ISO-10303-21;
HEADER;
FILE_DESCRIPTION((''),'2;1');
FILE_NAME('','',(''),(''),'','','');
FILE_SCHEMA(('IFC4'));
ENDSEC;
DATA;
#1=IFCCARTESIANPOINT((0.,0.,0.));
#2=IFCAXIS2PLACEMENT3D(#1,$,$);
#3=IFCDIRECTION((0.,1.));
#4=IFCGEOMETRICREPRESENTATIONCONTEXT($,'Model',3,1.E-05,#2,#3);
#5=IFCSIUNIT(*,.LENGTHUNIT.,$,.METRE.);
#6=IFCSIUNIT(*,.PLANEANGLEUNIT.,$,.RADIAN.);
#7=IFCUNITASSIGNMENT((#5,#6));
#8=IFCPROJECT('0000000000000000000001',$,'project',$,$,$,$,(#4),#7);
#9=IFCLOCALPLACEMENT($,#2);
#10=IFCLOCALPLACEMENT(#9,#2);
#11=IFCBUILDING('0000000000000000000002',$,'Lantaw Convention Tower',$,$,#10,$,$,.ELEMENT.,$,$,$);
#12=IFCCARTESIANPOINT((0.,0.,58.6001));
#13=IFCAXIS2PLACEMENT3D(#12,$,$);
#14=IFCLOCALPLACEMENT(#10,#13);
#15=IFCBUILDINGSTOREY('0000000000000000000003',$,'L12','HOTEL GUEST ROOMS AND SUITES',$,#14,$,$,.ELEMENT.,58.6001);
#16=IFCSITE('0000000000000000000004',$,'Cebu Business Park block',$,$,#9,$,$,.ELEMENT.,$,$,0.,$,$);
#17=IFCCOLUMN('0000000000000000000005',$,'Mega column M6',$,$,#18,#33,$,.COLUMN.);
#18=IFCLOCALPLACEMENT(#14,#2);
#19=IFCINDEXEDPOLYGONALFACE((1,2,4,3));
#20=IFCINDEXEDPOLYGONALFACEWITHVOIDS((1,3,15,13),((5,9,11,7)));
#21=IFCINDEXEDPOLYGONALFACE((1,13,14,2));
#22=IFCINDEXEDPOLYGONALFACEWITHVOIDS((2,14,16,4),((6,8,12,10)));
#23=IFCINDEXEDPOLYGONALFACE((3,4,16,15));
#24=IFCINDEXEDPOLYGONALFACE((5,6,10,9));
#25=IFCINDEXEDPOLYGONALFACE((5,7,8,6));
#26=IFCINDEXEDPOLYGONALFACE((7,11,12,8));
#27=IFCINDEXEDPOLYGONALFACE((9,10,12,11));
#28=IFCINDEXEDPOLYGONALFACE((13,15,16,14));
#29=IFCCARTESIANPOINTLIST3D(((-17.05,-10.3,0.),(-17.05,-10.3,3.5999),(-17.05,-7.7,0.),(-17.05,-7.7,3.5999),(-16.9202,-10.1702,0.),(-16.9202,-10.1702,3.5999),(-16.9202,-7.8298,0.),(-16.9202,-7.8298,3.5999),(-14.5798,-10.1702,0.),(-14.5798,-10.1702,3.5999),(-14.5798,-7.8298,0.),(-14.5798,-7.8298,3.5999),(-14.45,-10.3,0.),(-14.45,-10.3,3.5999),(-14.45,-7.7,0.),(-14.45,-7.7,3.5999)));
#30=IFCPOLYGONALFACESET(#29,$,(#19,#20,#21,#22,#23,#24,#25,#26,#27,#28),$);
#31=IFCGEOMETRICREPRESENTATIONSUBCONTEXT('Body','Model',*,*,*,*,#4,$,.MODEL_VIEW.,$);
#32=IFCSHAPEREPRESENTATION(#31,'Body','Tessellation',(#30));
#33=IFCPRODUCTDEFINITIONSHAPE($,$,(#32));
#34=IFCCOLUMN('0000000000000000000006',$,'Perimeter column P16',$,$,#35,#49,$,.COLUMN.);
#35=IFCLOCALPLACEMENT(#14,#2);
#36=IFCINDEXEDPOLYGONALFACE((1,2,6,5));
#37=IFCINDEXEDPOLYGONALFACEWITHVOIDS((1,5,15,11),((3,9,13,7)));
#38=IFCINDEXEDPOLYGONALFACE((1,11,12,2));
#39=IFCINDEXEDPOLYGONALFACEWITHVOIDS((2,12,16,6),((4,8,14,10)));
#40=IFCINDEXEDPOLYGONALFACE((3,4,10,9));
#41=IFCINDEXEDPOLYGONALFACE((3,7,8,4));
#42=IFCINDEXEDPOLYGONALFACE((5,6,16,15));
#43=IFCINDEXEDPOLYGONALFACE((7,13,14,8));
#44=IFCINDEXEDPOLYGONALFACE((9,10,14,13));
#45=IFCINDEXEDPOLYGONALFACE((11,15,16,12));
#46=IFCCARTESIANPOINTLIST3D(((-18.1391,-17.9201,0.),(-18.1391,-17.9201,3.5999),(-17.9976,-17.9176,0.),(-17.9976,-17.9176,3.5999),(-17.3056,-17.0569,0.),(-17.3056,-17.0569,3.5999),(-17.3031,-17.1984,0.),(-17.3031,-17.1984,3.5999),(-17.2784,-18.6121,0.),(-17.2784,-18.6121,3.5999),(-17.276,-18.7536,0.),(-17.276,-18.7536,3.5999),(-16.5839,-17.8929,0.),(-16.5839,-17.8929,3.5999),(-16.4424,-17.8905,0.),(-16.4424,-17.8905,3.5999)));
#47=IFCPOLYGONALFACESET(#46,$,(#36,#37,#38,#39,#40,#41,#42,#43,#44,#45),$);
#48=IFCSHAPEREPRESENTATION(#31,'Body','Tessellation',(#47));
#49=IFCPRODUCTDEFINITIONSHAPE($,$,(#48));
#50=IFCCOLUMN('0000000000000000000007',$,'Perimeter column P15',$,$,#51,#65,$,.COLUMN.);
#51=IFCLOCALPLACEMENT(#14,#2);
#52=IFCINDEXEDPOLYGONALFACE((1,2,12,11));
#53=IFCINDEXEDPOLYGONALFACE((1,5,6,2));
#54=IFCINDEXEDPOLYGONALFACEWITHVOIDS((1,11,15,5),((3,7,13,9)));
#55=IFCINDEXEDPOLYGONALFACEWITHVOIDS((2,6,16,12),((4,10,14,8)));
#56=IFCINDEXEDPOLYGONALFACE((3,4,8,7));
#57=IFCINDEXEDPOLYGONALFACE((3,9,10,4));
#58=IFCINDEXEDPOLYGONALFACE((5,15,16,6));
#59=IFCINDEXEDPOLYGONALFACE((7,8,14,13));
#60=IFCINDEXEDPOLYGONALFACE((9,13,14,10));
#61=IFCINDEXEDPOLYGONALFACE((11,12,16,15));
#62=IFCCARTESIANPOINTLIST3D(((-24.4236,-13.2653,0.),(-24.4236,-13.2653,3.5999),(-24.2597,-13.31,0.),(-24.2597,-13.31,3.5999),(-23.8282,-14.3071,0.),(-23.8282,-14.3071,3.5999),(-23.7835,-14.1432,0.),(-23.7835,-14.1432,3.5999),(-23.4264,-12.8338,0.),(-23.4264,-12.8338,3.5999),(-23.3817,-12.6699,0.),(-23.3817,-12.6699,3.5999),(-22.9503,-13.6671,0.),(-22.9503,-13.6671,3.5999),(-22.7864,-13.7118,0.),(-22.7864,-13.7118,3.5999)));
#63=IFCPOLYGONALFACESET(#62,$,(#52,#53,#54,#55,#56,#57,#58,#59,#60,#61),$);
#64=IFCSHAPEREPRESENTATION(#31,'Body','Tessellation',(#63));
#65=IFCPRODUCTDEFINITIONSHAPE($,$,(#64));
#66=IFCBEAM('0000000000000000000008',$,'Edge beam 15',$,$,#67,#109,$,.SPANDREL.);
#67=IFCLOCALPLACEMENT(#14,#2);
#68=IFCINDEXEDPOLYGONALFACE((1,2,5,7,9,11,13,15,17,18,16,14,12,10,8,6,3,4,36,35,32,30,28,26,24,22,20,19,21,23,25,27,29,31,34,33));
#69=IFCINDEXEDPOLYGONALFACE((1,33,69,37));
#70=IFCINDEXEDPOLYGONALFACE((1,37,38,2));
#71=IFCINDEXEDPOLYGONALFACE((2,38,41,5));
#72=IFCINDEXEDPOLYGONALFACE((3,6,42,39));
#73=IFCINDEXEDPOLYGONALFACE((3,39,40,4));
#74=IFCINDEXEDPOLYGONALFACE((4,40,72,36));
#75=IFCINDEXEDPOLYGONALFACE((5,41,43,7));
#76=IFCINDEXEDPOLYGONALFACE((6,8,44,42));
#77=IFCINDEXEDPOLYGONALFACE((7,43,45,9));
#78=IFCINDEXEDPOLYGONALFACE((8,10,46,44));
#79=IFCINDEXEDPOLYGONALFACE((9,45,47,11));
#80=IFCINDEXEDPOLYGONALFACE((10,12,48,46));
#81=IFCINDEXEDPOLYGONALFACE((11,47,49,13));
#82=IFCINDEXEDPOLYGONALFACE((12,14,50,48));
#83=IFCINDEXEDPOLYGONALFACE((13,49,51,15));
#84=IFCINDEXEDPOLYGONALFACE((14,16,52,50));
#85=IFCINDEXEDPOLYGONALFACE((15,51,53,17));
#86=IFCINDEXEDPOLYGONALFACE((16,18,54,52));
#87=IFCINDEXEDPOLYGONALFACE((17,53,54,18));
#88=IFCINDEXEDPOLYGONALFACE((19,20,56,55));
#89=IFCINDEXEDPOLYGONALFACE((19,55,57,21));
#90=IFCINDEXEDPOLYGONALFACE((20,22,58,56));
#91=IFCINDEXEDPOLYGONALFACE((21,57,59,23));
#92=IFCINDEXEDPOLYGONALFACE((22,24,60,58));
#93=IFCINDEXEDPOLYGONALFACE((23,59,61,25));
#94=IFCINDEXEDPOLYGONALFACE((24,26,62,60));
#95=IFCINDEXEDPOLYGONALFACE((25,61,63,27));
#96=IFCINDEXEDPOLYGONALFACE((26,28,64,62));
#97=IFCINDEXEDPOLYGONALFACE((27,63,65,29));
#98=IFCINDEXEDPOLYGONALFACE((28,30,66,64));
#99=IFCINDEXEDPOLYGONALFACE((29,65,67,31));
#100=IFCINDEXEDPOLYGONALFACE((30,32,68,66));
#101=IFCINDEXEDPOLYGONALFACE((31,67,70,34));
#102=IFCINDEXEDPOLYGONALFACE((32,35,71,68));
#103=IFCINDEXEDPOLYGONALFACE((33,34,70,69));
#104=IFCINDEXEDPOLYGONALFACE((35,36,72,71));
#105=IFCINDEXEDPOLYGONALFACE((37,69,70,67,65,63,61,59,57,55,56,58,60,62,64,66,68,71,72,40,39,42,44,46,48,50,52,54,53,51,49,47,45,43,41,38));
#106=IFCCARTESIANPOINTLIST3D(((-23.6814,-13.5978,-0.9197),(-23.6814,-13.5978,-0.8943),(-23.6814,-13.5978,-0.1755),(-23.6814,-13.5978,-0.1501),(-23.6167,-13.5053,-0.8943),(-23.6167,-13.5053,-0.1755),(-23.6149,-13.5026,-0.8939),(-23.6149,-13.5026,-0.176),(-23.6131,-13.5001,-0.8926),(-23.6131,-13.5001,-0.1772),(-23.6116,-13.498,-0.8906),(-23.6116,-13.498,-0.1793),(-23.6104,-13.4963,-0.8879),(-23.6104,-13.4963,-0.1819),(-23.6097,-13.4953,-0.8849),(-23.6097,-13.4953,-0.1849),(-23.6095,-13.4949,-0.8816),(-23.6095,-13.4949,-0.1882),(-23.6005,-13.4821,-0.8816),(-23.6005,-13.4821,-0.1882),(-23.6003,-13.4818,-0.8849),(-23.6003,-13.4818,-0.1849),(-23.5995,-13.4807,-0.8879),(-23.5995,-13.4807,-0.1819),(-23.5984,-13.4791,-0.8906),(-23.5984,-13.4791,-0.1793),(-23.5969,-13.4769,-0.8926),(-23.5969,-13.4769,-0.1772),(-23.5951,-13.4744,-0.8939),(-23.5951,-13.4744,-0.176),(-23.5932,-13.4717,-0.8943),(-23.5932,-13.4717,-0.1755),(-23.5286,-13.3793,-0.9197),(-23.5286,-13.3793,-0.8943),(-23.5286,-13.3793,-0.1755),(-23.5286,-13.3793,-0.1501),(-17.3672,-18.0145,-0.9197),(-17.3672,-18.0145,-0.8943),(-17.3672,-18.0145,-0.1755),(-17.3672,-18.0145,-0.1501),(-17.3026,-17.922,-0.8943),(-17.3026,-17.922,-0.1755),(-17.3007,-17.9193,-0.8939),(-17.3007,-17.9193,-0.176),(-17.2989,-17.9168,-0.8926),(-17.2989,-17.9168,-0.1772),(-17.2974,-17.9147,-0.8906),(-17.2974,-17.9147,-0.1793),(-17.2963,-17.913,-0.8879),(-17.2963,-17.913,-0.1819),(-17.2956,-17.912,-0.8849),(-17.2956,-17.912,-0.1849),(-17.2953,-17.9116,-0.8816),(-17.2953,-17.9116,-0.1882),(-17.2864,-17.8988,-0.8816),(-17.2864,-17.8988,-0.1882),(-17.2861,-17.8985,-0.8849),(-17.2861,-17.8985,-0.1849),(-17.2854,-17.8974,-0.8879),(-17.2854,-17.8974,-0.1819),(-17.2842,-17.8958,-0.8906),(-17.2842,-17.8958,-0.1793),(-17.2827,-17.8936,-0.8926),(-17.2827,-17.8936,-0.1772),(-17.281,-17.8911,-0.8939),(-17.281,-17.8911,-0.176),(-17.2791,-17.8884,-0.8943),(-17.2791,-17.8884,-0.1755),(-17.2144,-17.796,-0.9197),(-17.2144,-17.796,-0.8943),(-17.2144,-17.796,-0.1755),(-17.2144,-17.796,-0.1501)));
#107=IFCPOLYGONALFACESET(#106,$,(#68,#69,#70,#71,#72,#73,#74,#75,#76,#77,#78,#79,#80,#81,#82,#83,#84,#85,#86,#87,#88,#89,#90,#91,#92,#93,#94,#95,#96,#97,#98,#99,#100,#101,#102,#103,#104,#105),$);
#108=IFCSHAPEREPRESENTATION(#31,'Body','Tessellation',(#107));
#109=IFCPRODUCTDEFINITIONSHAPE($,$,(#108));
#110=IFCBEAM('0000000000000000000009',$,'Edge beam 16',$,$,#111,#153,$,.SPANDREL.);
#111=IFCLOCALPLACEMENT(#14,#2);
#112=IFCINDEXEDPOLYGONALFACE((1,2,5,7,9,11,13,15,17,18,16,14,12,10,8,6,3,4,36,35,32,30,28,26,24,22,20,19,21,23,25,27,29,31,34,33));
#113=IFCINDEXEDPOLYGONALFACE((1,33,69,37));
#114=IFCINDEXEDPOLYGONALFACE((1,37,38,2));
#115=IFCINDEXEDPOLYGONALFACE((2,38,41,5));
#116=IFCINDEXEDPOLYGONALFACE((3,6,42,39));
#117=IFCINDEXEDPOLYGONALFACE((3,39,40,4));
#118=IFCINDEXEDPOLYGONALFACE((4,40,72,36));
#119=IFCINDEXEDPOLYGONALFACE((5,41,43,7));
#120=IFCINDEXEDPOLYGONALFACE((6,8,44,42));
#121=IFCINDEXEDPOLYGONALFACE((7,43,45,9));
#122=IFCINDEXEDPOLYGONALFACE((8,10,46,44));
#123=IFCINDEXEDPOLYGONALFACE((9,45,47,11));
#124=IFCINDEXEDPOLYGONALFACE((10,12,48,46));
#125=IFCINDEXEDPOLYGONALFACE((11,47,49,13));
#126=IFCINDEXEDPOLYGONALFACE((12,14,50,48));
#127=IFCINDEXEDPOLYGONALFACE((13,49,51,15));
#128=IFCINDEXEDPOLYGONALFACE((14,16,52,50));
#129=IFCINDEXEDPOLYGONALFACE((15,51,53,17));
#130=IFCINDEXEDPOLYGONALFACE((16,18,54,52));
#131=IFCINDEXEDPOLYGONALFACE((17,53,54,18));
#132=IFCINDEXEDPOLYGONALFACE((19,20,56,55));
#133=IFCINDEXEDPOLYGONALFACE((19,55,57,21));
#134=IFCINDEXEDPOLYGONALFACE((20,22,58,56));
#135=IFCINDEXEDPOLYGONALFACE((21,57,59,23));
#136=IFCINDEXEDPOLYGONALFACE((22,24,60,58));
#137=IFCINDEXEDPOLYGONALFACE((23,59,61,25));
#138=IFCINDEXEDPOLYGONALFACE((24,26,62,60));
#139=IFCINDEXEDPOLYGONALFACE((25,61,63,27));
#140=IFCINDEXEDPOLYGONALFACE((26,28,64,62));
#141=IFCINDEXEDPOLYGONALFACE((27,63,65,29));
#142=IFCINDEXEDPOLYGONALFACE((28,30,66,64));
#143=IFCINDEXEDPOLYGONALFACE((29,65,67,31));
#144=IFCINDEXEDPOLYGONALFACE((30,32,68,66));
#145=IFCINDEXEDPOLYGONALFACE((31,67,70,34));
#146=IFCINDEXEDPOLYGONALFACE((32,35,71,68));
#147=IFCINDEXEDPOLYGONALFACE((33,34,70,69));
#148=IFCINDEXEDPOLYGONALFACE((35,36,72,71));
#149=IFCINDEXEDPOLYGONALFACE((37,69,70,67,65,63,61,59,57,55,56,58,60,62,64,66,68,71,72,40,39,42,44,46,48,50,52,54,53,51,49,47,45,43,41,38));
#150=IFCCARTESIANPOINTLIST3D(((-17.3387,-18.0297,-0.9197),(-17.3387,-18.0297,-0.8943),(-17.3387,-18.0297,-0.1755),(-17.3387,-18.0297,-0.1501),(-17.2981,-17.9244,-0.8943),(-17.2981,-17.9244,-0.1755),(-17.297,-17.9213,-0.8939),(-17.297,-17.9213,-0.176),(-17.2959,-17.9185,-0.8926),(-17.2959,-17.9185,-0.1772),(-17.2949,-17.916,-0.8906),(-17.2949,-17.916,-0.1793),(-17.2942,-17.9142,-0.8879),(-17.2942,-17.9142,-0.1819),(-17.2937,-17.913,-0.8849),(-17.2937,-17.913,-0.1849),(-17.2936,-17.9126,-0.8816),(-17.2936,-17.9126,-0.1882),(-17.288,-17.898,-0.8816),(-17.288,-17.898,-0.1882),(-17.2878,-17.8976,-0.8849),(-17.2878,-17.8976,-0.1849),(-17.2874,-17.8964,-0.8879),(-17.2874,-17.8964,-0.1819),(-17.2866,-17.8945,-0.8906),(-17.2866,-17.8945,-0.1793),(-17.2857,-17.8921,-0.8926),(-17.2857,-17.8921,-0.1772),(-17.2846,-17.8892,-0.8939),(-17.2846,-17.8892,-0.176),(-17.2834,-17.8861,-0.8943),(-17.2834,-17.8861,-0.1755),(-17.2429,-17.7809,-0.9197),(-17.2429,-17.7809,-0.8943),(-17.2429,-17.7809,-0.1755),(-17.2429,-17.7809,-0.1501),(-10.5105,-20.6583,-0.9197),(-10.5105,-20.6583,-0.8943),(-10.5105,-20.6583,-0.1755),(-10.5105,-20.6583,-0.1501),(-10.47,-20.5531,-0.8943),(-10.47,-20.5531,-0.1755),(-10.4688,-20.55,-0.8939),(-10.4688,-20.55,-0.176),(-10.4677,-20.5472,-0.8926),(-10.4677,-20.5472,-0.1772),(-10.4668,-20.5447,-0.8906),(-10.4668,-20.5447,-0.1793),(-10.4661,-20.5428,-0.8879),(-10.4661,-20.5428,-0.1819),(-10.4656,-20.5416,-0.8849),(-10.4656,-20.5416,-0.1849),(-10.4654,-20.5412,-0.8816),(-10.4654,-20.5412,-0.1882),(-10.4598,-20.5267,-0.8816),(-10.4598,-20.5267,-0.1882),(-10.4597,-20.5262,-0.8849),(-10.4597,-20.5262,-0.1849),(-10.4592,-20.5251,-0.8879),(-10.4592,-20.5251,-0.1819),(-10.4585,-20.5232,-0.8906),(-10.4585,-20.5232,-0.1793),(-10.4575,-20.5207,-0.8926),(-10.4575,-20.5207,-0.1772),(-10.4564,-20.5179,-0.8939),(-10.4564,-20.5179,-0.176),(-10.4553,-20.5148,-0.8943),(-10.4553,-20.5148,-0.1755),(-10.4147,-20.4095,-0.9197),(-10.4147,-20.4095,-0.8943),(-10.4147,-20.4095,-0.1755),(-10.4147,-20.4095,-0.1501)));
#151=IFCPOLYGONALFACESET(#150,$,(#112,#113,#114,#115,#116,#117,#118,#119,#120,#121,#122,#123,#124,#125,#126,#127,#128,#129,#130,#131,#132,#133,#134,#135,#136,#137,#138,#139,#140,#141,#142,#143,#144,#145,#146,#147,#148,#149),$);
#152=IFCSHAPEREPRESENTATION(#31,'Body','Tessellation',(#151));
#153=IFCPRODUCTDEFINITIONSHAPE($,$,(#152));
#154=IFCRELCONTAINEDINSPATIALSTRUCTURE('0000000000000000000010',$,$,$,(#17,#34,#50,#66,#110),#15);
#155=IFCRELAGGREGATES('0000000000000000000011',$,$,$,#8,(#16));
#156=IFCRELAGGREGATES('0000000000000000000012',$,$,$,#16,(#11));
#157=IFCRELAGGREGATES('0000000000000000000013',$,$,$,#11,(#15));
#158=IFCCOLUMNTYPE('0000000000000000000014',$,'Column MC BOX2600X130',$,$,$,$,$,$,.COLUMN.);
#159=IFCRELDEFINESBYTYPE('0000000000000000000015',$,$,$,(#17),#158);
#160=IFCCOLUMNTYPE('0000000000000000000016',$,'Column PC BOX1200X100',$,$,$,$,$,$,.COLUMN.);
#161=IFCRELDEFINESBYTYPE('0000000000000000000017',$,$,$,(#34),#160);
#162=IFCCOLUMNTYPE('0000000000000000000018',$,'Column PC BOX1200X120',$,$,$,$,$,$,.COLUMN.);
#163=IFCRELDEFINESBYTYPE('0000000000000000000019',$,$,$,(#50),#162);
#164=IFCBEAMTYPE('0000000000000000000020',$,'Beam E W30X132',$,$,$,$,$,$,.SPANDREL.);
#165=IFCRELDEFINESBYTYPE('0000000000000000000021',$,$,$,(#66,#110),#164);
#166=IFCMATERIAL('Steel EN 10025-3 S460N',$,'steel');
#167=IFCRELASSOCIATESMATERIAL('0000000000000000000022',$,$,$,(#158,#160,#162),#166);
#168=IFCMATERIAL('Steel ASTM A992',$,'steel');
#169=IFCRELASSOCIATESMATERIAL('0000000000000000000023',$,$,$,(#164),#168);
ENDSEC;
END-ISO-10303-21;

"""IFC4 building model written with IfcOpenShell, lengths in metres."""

from ifc_helpers import new_model, si_unit, direction, frame, origin, origin_2d, place, context, subcontext, project, spatial, rectangle, hollow_rectangle, i_section, extrude, material, material_profile, profile_set, type_object, element, save


model = new_model("IFC4")

# Units and contexts
model_context = context("Model", 3, precision=1e-05, world=origin(), true_north=direction((0.0, 1.0)))
body_context = subcontext(model_context, "Body", "Model", "MODEL_VIEW")
ifc_project = project(units=[si_unit("LENGTHUNIT", "METRE"), si_unit("PLANEANGLEUNIT", "RADIAN")], contexts=[model_context])

# Site, building, storey
site_placement = place(None, origin())
site = spatial("IfcSite", under=ifc_project, at=site_placement, Name="Cebu Business Park block", CompositionType="ELEMENT", RefElevation=0.0)
building_placement = place(site_placement, origin())
building = spatial("IfcBuilding", under=site, at=building_placement, Name="Lantaw Convention Tower", CompositionType="ELEMENT")
storey_placement = place(building_placement, frame((0.0, 0.0, 58.6001)))
storey = spatial("IfcBuildingStorey", under=building, at=storey_placement, Name="L12", Description="HOTEL GUEST ROOMS AND SUITES", CompositionType="ELEMENT", Elevation=58.6001)

# Columns
ifc_material_1 = material(Name="Steel EN 10025-3 S460N", Category="steel")
ifc_material_profile_1 = material_profile(ifc_material_1, hollow_rectangle(XDim=2.6001, YDim=2.6001, WallThickness=0.1299, at=origin_2d()), Name="BOX2600X130")
ifc_material_2 = material(Name="Concrete C60/75", Category="concrete")
ifc_material_profile_2 = material_profile(ifc_material_2, rectangle(XDim=2.3401, YDim=2.3401, at=origin_2d()), Name="Concrete fill of BOX2600X130")
ifc_profile_set_1 = profile_set([ifc_material_profile_1, ifc_material_profile_2], Name="Steel EN 10025-3 S460N")
column_type_1 = type_object("IfcColumnType", Name="Column MC BOX2600X130", PredefinedType="COLUMN", material=ifc_profile_set_1)
column_1_placement = place(storey_placement, frame((-15.75, -9.0, 0.0), z_axis=(0.0, 0.0, 1.0), x_axis=(1.0, 0.0, 0.0)))
element("IfcColumn", 1, at=column_1_placement, inside=storey, type_object=column_type_1, Name="Mega column M6", PredefinedType="COLUMN", context=body_context, shape_type="SweptSolid", body=[
    extrude(hollow_rectangle(XDim=2.6001, YDim=2.6001, WallThickness=0.1299, at=origin_2d()), origin(), (0.0, 0.0, 1.0), 3.5999),
])
ifc_material_profile_3 = material_profile(ifc_material_1, hollow_rectangle(XDim=1.2, YDim=1.2, WallThickness=0.1001, at=origin_2d()), Name="BOX1200X100")
ifc_material_profile_4 = material_profile(ifc_material_2, rectangle(XDim=1.0, YDim=1.0, at=origin_2d()), Name="Concrete fill of BOX1200X100")
ifc_profile_set_2 = profile_set([ifc_material_profile_3, ifc_material_profile_4], Name="Steel EN 10025-3 S460N")
column_type_2 = type_object("IfcColumnType", Name="Column PC BOX1200X100", PredefinedType="COLUMN", material=ifc_profile_set_2)
column_2_placement = place(storey_placement, frame((-17.2908, -17.9053, 0.0), z_axis=(0.0, 0.0, 1.0), x_axis=(0.694658, 0.71934, 0.0)))
element("IfcColumn", 2, at=column_2_placement, inside=storey, type_object=column_type_2, Name="Perimeter column P16", PredefinedType="COLUMN", context=body_context, shape_type="SweptSolid", body=[
    extrude(hollow_rectangle(XDim=1.2, YDim=1.2, WallThickness=0.1001, at=origin_2d()), origin(), (0.0, 0.0, 1.0), 3.5999),
])
ifc_material_profile_5 = material_profile(ifc_material_1, hollow_rectangle(XDim=1.2, YDim=1.2, WallThickness=0.1201, at=origin_2d()), Name="BOX1200X120")
ifc_material_profile_6 = material_profile(ifc_material_2, rectangle(XDim=0.96, YDim=0.96, at=origin_2d()), Name="Concrete fill of BOX1200X120")
ifc_profile_set_3 = profile_set([ifc_material_profile_5, ifc_material_profile_6], Name="Steel EN 10025-3 S460N")
column_type_3 = type_object("IfcColumnType", Name="Column PC BOX1200X120", PredefinedType="COLUMN", material=ifc_profile_set_3)
column_3_placement = place(storey_placement, frame((-23.605, -13.4885, 0.0), z_axis=(0.0, 0.0, 1.0), x_axis=(0.868243, 0.496139, 0.0)))
element("IfcColumn", 3, at=column_3_placement, inside=storey, type_object=column_type_3, Name="Perimeter column P15", PredefinedType="COLUMN", context=body_context, shape_type="SweptSolid", body=[
    extrude(hollow_rectangle(XDim=1.2, YDim=1.2, WallThickness=0.1201, at=origin_2d()), origin(), (0.0, 0.0, 1.0), 3.5999),
])

# Beams
ifc_material_3 = material(Name="Steel ASTM A992", Category="steel")
ifc_material_profile_7 = material_profile(ifc_material_3, i_section(OverallWidth=0.2666, OverallDepth=0.7695, WebThickness=0.0156, FlangeThickness=0.0254, FilletRadius=0.0127, at=origin_2d()), Name="W30X132")
ifc_profile_set_4 = profile_set([ifc_material_profile_7], Name="Steel ASTM A992")
beam_type_1 = type_object("IfcBeamType", Name="Beam E W30X132", PredefinedType="SPANDREL", material=ifc_profile_set_4)
beam_1_placement = place(storey_placement, frame((-23.605, -13.4885, -0.5349), z_axis=(0.819427, -0.573184, 0.0), x_axis=(0.573184, 0.819427, 0.0)))
element("IfcBeam", 4, at=beam_1_placement, inside=storey, type_object=beam_type_1, Name="Edge beam 15", PredefinedType="SPANDREL", context=body_context, shape_type="SweptSolid", body=[
    extrude(i_section(OverallWidth=0.2666, OverallDepth=0.7695, WebThickness=0.0156, FlangeThickness=0.0254, FilletRadius=0.0127, at=origin_2d()), origin(), (0.0, 0.0, 1.0), 7.7056),
])
beam_2_placement = place(storey_placement, frame((-17.2908, -17.9053, -0.5349), z_axis=(0.933233, -0.359272, 0.0), x_axis=(0.359272, 0.933233, 0.0)))
element("IfcBeam", 5, at=beam_2_placement, inside=storey, type_object=beam_type_1, Name="Edge beam 16", PredefinedType="SPANDREL", context=body_context, shape_type="SweptSolid", body=[
    extrude(i_section(OverallWidth=0.2666, OverallDepth=0.7695, WebThickness=0.0156, FlangeThickness=0.0254, FilletRadius=0.0127, at=origin_2d()), origin(), (0.0, 0.0, 1.0), 7.3167),
])

save(model, "model.ifc")
